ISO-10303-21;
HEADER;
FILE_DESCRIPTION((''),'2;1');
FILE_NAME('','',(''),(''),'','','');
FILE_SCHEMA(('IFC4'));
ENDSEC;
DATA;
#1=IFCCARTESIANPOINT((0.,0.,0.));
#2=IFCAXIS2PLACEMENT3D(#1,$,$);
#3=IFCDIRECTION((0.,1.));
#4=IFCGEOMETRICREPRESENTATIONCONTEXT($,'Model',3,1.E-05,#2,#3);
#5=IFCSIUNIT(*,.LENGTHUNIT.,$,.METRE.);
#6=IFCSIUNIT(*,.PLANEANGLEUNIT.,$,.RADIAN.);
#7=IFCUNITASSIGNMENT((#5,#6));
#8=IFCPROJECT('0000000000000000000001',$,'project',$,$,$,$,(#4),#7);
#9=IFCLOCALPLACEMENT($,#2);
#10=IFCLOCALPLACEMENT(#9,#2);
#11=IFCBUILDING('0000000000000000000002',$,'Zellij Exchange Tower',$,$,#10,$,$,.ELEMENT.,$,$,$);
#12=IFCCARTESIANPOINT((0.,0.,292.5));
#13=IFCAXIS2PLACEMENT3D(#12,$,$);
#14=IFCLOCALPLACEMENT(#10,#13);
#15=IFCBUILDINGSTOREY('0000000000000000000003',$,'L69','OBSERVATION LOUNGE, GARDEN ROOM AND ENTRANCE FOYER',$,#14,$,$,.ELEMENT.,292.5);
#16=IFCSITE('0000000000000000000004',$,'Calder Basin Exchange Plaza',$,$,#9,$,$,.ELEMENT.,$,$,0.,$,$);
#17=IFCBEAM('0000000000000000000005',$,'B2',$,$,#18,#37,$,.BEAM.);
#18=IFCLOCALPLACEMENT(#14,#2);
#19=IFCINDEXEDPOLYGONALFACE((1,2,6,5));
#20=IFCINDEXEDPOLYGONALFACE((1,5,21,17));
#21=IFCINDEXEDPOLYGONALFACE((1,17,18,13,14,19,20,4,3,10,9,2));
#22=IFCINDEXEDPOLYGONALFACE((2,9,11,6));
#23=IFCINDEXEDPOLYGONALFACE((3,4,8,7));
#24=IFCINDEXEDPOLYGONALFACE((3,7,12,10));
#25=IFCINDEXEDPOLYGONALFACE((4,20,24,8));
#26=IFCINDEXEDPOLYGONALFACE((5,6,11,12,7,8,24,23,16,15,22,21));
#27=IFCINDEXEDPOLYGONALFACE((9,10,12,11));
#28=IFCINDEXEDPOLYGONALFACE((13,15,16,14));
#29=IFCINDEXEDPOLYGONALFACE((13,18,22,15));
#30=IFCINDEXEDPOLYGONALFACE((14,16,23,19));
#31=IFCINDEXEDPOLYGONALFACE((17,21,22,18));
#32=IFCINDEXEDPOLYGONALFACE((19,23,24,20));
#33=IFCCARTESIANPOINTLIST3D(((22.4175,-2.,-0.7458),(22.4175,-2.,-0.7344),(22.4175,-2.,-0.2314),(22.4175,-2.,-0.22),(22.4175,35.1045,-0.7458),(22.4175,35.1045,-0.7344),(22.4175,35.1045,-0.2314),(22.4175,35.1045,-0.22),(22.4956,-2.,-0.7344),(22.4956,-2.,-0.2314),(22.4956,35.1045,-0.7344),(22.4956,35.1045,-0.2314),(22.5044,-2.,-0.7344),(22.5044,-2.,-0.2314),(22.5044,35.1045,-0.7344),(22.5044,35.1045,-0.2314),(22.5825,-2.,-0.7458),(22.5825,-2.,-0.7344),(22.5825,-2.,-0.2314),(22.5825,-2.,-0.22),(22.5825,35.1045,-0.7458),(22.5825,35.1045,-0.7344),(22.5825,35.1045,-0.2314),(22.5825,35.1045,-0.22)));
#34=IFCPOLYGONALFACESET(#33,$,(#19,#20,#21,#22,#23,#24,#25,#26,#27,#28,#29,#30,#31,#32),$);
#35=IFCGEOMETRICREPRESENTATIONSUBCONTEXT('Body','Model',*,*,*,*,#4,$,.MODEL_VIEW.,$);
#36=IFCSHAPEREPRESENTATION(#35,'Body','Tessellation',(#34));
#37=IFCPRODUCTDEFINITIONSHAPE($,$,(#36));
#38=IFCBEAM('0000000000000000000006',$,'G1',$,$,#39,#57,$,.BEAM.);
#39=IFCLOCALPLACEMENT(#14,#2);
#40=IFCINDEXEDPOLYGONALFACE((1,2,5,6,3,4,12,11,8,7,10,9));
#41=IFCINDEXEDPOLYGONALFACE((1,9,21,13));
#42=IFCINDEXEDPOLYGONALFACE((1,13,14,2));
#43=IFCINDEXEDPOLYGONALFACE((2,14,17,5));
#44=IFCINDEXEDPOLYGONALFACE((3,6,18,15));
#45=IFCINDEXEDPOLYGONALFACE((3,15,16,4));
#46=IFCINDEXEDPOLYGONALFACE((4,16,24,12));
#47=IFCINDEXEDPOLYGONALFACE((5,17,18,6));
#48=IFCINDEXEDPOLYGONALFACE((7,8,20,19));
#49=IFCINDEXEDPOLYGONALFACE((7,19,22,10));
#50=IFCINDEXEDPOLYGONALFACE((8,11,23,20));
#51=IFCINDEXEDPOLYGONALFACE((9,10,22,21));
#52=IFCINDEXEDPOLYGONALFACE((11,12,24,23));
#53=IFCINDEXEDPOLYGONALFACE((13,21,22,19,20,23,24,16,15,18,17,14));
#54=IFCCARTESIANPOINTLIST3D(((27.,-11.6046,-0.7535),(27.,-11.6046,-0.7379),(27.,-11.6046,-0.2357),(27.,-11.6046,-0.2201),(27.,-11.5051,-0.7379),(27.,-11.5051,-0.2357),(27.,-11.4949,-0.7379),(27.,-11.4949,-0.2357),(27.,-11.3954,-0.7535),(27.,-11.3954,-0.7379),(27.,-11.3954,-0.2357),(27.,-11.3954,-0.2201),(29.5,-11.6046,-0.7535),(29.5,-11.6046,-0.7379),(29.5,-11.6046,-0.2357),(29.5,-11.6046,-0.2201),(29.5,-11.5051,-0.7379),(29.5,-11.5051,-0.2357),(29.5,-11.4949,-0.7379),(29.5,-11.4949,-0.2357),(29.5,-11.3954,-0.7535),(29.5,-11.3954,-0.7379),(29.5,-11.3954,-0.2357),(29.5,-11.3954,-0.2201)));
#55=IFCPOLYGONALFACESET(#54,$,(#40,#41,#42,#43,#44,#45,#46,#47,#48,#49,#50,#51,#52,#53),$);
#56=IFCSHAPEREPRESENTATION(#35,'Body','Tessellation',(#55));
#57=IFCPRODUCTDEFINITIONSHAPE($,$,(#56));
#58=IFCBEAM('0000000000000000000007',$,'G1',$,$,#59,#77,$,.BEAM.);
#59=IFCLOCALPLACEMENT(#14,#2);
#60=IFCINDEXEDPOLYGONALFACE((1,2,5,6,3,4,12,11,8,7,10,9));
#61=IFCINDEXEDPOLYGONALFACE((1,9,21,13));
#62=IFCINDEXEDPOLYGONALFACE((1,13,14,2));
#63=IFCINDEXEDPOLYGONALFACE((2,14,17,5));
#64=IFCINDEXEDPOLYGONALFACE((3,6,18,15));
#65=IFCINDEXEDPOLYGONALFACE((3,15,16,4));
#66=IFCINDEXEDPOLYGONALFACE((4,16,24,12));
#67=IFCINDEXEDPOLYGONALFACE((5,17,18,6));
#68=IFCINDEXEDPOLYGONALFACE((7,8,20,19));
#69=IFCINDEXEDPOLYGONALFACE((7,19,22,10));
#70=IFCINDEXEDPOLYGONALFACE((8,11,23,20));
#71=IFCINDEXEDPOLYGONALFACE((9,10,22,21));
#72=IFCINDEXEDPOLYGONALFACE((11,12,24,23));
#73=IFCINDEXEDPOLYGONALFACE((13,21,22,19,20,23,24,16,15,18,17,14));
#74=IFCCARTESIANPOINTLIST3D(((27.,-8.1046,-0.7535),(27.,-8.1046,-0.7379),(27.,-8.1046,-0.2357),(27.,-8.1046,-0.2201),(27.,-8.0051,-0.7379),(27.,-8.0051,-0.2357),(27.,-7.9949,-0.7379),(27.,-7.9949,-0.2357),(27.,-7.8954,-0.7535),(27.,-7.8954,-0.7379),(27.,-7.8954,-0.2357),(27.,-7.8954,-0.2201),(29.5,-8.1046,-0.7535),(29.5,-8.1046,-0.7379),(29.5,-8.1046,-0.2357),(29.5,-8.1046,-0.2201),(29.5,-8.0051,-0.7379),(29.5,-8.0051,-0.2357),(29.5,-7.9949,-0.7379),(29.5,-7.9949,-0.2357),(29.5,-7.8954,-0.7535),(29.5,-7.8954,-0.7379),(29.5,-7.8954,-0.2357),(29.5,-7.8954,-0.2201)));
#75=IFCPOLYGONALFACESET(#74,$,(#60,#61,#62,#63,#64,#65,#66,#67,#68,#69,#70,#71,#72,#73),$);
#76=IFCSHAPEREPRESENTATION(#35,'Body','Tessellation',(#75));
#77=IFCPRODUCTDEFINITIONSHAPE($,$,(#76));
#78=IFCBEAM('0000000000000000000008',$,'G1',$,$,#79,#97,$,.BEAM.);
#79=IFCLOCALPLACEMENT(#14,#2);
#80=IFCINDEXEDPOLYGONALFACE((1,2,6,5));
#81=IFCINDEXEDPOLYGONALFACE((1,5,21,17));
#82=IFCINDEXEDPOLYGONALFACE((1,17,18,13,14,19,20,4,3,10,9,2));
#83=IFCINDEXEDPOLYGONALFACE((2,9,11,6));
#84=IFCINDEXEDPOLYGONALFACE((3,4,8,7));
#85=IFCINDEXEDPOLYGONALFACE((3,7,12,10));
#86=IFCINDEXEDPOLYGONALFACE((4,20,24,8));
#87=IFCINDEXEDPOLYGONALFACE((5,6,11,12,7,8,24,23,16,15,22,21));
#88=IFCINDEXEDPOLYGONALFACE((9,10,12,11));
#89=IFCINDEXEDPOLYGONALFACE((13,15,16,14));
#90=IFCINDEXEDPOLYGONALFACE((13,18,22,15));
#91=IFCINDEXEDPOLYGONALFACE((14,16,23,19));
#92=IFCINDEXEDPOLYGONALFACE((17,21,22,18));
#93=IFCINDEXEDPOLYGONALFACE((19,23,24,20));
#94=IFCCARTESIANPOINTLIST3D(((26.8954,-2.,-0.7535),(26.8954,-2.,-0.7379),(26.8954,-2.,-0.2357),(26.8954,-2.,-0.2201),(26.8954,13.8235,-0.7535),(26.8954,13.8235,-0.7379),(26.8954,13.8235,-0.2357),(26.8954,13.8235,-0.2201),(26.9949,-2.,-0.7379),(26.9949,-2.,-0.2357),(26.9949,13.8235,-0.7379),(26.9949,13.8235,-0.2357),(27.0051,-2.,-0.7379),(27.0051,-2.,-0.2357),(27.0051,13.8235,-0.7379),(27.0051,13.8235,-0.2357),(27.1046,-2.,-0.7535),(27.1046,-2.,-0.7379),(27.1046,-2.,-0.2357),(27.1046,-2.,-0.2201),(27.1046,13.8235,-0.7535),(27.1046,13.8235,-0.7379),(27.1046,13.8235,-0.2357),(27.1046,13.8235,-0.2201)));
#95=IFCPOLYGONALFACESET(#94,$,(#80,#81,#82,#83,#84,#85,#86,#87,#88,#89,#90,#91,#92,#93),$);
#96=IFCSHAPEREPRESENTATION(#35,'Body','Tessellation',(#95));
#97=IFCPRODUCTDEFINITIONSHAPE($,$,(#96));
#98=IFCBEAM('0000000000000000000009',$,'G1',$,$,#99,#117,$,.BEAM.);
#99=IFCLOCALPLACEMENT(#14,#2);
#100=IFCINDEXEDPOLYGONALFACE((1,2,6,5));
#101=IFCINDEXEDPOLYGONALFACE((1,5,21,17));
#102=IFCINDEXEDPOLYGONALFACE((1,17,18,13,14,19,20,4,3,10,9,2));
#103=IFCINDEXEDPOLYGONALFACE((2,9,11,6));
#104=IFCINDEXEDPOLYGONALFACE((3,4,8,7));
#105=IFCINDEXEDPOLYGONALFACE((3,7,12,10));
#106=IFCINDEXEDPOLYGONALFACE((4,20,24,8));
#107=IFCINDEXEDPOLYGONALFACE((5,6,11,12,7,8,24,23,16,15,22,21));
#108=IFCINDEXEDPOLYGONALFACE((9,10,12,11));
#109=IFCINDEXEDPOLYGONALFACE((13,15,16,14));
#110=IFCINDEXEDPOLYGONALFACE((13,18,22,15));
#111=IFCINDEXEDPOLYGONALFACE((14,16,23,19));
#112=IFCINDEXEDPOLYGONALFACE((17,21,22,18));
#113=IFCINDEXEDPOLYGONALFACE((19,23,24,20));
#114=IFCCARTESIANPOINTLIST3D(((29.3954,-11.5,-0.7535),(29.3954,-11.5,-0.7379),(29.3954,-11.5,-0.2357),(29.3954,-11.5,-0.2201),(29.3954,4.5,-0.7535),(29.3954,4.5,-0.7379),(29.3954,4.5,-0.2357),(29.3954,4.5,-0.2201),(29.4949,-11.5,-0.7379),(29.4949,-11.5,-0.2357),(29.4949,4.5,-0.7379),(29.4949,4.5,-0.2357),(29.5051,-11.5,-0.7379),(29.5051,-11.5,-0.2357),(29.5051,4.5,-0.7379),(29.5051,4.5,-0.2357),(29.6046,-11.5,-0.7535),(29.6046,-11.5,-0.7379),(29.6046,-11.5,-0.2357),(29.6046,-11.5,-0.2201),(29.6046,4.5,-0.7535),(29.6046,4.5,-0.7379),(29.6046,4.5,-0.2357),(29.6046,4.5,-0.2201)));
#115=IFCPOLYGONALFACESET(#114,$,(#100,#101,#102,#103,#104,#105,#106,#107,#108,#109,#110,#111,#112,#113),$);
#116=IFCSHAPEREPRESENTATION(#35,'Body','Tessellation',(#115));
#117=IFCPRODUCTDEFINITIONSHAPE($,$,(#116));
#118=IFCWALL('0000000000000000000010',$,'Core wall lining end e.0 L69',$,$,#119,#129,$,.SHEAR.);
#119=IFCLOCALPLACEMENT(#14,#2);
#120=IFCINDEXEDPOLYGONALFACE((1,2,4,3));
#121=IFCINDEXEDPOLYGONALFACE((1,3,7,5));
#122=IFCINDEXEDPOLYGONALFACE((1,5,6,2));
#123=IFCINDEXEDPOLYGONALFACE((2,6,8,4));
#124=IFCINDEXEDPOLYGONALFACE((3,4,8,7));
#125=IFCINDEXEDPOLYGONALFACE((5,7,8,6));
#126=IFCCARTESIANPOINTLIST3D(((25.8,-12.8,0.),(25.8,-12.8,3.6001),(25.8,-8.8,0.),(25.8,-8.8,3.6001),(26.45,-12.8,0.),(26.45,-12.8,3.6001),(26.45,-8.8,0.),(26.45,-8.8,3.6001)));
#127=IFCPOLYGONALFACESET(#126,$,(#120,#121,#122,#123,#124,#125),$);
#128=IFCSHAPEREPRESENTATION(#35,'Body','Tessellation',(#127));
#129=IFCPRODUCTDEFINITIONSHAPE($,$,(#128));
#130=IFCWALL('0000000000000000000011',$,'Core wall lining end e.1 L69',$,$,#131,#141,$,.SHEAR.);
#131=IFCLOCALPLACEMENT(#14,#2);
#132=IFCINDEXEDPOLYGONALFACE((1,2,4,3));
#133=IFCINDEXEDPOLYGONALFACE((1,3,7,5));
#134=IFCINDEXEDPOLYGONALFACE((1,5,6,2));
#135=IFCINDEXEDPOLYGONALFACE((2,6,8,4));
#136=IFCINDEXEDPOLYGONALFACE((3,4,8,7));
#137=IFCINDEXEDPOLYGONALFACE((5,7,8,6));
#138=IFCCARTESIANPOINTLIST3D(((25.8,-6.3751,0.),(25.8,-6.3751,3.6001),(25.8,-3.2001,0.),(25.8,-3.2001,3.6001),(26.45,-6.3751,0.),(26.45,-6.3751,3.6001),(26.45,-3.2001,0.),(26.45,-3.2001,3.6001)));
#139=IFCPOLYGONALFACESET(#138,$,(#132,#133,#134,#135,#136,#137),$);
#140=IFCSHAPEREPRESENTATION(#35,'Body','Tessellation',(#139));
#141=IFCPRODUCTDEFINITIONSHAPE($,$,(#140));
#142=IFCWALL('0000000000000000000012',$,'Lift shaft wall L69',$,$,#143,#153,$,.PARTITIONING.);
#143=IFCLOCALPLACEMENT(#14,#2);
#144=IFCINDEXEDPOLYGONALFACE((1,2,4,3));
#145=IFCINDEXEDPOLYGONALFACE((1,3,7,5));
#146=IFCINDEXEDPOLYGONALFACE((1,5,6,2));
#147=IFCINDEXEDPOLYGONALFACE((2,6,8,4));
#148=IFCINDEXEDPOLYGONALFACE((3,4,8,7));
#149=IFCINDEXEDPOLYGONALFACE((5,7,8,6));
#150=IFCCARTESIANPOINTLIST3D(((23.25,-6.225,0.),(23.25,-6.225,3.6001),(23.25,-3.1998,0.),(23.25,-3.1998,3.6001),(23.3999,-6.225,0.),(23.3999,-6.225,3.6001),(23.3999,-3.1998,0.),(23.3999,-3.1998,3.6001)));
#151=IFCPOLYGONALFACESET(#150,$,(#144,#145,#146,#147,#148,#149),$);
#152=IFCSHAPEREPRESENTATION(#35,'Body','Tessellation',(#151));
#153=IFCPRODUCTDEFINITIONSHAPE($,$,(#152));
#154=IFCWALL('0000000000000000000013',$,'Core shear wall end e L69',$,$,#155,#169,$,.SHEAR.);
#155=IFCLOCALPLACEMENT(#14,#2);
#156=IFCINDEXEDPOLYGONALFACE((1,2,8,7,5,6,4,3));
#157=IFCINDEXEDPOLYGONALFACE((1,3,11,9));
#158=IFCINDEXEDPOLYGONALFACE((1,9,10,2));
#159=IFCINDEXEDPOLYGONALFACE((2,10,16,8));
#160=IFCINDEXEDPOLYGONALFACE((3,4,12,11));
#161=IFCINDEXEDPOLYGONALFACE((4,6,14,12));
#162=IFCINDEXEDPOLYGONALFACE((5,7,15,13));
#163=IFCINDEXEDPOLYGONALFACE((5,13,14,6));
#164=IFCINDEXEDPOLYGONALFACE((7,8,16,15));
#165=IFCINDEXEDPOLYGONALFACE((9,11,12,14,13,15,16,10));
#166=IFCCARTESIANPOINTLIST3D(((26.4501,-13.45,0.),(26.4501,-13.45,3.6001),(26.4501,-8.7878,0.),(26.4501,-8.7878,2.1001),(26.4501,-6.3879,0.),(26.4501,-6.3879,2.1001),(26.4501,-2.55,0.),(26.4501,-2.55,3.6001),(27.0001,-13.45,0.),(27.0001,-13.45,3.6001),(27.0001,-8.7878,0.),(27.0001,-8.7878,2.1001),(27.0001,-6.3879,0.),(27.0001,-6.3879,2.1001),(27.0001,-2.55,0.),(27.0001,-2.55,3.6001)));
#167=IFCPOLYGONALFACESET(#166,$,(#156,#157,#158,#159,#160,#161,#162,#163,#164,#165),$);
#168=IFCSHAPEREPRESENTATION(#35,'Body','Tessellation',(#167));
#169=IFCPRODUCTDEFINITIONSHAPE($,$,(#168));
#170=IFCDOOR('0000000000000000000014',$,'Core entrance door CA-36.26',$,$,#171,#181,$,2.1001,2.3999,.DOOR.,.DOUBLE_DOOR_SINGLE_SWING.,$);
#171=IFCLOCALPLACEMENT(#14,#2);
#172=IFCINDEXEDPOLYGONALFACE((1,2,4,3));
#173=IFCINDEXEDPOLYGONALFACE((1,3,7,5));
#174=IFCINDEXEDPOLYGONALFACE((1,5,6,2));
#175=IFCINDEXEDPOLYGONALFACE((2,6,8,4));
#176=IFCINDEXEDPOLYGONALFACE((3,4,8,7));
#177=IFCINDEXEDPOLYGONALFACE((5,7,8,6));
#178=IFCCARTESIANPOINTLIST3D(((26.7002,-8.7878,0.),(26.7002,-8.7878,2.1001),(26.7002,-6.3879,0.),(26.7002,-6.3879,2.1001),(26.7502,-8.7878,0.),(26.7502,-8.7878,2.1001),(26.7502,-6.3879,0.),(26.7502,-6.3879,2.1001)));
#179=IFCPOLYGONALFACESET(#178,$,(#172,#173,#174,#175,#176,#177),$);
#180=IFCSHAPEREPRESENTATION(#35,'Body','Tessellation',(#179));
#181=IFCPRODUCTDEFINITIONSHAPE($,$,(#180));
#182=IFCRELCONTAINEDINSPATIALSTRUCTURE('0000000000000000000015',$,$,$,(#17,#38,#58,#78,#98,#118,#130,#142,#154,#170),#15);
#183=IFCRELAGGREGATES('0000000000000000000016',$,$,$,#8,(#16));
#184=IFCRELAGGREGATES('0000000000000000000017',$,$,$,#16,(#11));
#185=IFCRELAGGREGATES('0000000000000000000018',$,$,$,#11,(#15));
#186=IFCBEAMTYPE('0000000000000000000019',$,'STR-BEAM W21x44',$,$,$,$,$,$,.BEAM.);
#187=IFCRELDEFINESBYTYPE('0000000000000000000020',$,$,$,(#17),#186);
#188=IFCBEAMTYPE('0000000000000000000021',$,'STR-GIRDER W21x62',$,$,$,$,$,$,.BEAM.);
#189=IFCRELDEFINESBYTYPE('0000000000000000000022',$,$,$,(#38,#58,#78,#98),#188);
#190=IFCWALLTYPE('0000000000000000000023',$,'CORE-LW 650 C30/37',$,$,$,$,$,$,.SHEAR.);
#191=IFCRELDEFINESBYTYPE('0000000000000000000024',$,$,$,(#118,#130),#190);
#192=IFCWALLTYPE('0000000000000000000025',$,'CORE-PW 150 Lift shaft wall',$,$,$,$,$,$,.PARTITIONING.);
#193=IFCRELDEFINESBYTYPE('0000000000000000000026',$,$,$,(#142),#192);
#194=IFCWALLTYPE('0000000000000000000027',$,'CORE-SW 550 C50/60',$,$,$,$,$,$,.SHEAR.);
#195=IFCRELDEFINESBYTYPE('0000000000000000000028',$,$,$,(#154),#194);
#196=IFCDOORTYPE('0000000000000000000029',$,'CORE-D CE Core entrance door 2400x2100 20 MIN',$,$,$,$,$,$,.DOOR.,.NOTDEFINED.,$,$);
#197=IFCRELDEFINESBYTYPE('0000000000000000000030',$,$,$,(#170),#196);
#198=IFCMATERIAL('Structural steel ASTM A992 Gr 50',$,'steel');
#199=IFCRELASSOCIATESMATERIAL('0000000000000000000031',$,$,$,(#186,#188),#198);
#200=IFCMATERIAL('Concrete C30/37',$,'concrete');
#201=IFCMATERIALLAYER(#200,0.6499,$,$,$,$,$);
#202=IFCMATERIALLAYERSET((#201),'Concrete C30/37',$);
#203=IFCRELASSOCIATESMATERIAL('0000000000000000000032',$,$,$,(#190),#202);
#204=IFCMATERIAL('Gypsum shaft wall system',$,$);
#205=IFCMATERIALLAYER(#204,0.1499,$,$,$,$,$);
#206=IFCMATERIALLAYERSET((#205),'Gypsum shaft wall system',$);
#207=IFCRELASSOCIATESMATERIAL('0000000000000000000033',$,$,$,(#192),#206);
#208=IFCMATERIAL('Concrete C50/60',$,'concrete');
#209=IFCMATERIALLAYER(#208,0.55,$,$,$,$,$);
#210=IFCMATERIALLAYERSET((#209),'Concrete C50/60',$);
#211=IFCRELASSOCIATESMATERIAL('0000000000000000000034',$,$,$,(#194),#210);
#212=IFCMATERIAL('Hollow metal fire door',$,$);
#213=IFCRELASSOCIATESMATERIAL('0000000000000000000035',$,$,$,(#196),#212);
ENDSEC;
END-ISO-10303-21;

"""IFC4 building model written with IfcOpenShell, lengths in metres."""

from ifc_helpers import new_model, si_unit, direction, frame, frame_2d, origin, origin_2d, place, context, subcontext, project, spatial, rectangle, i_section, extrude, material, layer, layer_set, material_profile, profile_set, type_object, element, fill, save


model = new_model("IFC4")

# Units and contexts
model_context = context("Model", 3, precision=1e-05, world=origin(), true_north=direction((0.0, 1.0)))
body_context = subcontext(model_context, "Body", "Model", "MODEL_VIEW")
ifc_project = project(units=[si_unit("LENGTHUNIT", "METRE"), si_unit("PLANEANGLEUNIT", "RADIAN")], contexts=[model_context])

# Site, building, storey
site_placement = place(None, origin())
site = spatial("IfcSite", under=ifc_project, at=site_placement, Name="Calder Basin Exchange Plaza", CompositionType="ELEMENT", RefElevation=0.0)
building_placement = place(site_placement, origin())
building = spatial("IfcBuilding", under=site, at=building_placement, Name="Zellij Exchange Tower", CompositionType="ELEMENT")
storey_placement = place(building_placement, frame((0.0, 0.0, 292.5)))
storey = spatial("IfcBuildingStorey", under=building, at=storey_placement, Name="L69", Description="OBSERVATION LOUNGE, GARDEN ROOM AND ENTRANCE FOYER", CompositionType="ELEMENT", Elevation=292.5)

# Beams
ifc_material_1 = material(Name="Structural steel ASTM A992 Gr 50", Category="steel")
ifc_material_profile_1 = material_profile(ifc_material_1, i_section(OverallWidth=0.165, OverallDepth=0.5259, WebThickness=0.0088, FlangeThickness=0.0115, at=origin_2d()), Name="W21x44")
ifc_profile_set_1 = profile_set([ifc_material_profile_1], Name="Structural steel ASTM A992 Gr 50")
beam_type_1 = type_object("IfcBeamType", Name="STR-BEAM W21x44", PredefinedType="BEAM", material=ifc_profile_set_1)
beam_1_placement = place(storey_placement, frame((22.5, -2.0, -0.4829), z_axis=(0.0, 1.0, 0.0), x_axis=(-1.0, 0.0, 0.0)))
element("IfcBeam", 1, at=beam_1_placement, inside=storey, type_object=beam_type_1, Name="B2", PredefinedType="BEAM", context=body_context, shape_type="SweptSolid", body=[
    extrude(i_section(OverallWidth=0.165, OverallDepth=0.5259, WebThickness=0.0088, FlangeThickness=0.0115, at=origin_2d()), origin(), (0.0, 0.0, 1.0), 37.1045),
])
ifc_material_profile_2 = material_profile(ifc_material_1, i_section(OverallWidth=0.2092, OverallDepth=0.5334, WebThickness=0.0103, FlangeThickness=0.0156, at=origin_2d()), Name="W21x62")
ifc_profile_set_2 = profile_set([ifc_material_profile_2], Name="Structural steel ASTM A992 Gr 50")
beam_type_2 = type_object("IfcBeamType", Name="STR-GIRDER W21x62", PredefinedType="BEAM", material=ifc_profile_set_2)
for number, where, z_axis, x_axis, name in (
    (2, (27.0, -11.5, -0.4868), (1.0, 0.0, 0.0), (0.0, 1.0, 0.0), "G1"),
    (3, (27.0, -8.0, -0.4868), (1.0, 0.0, 0.0), (0.0, 1.0, 0.0), "G1"),
):
    element("IfcBeam", number, at=place(storey_placement, frame(where, z_axis=z_axis, x_axis=x_axis)), inside=storey, type_object=beam_type_2, Name=name, PredefinedType="BEAM", context=body_context, shape_type="SweptSolid", body=[
        extrude(i_section(OverallWidth=0.2092, OverallDepth=0.5334, WebThickness=0.0103, FlangeThickness=0.0156, at=origin_2d()), origin(), (0.0, 0.0, 1.0), 2.5),
    ])
beam_2_placement = place(storey_placement, frame((27.0, -2.0, -0.4868), z_axis=(0.0, 1.0, 0.0), x_axis=(-1.0, 0.0, 0.0)))
element("IfcBeam", 4, at=beam_2_placement, inside=storey, type_object=beam_type_2, Name="G1", PredefinedType="BEAM", context=body_context, shape_type="SweptSolid", body=[
    extrude(i_section(OverallWidth=0.2092, OverallDepth=0.5334, WebThickness=0.0103, FlangeThickness=0.0156, at=origin_2d()), origin(), (0.0, 0.0, 1.0), 15.8235),
])
beam_3_placement = place(storey_placement, frame((29.5, -11.5, -0.4868), z_axis=(0.0, 1.0, 0.0), x_axis=(-1.0, 0.0, 0.0)))
element("IfcBeam", 5, at=beam_3_placement, inside=storey, type_object=beam_type_2, Name="G1", PredefinedType="BEAM", context=body_context, shape_type="SweptSolid", body=[
    extrude(i_section(OverallWidth=0.2092, OverallDepth=0.5334, WebThickness=0.0103, FlangeThickness=0.0156, at=origin_2d()), origin(), (0.0, 0.0, 1.0), 16.0),
])

# Walls
ifc_material_2 = material(Name="Concrete C30/37", Category="concrete")
ifc_layer_1 = layer(ifc_material_2, 0.6499)
ifc_layer_set_1 = layer_set([ifc_layer_1], Name="Concrete C30/37")
wall_type_1 = type_object("IfcWallType", Name="CORE-LW 650 C30/37", PredefinedType="SHEAR", material=ifc_layer_set_1)
wall_1_placement = place(storey_placement, frame((26.125, -12.8, 0.0), z_axis=(0.0, 0.0, 1.0), x_axis=(0.0, 1.0, 0.0)))
element("IfcWall", 6, at=wall_1_placement, inside=storey, type_object=wall_type_1, Name="Core wall lining end e.0 L69", PredefinedType="SHEAR", context=body_context, shape_type="SweptSolid", body=[
    extrude(rectangle(XDim=4.0, YDim=0.6499, at=frame_2d((2.0, 0.0))), origin(), (0.0, 0.0, 1.0), 3.6001),
])
wall_2_placement = place(storey_placement, frame((26.125, -6.375, 0.0), z_axis=(0.0, 0.0, 1.0), x_axis=(0.0, 1.0, 0.0)))
element("IfcWall", 7, at=wall_2_placement, inside=storey, type_object=wall_type_1, Name="Core wall lining end e.1 L69", PredefinedType="SHEAR", context=body_context, shape_type="SweptSolid", body=[
    extrude(rectangle(XDim=3.175, YDim=0.6499, at=frame_2d((1.5874, 0.0))), origin(), (0.0, 0.0, 1.0), 3.6001),
])
ifc_material_3 = material(Name="Gypsum shaft wall system")
ifc_layer_2 = layer(ifc_material_3, 0.1499)
ifc_layer_set_2 = layer_set([ifc_layer_2], Name="Gypsum shaft wall system")
wall_type_2 = type_object("IfcWallType", Name="CORE-PW 150 Lift shaft wall", PredefinedType="PARTITIONING", material=ifc_layer_set_2)
wall_3_placement = place(storey_placement, frame((23.325, -6.2251, 0.0), z_axis=(0.0, 0.0, 1.0), x_axis=(0.0, 1.0, 0.0)))
element("IfcWall", 8, at=wall_3_placement, inside=storey, type_object=wall_type_2, Name="Lift shaft wall L69", PredefinedType="PARTITIONING", context=body_context, shape_type="SweptSolid", body=[
    extrude(rectangle(XDim=3.0251, YDim=0.1499, at=frame_2d((1.5127, 0.0))), origin(), (0.0, 0.0, 1.0), 3.6001),
])

# Wall, opening, door
ifc_material_4 = material(Name="Concrete C50/60", Category="concrete")
ifc_layer_3 = layer(ifc_material_4, 0.55)
ifc_layer_set_3 = layer_set([ifc_layer_3], Name="Concrete C50/60")
wall_type_3 = type_object("IfcWallType", Name="CORE-SW 550 C50/60", PredefinedType="SHEAR", material=ifc_layer_set_3)
wall_4_placement = place(storey_placement, frame((26.7251, -13.45, 0.0), z_axis=(0.0, 0.0, 1.0), x_axis=(0.0, 1.0, 0.0)))
wall_4 = element("IfcWall", 9, at=wall_4_placement, inside=storey, type_object=wall_type_3, Name="Core shear wall end e L69", PredefinedType="SHEAR", context=body_context, shape_type="SweptSolid", body=[
    extrude(rectangle(XDim=10.8999, YDim=0.55, at=frame_2d((5.45, 0.0))), origin(), (0.0, 0.0, 1.0), 3.6001),
])
opening_1_placement = place(wall_4_placement, frame((4.6621, 0.0, 0.0)))
opening_1 = element("IfcOpeningElement", 10, at=opening_1_placement, cuts=wall_4, PredefinedType="OPENING", context=body_context, shape_type="SweptSolid", body=[
    extrude(rectangle(XDim=2.3999, YDim=2.1001, at=frame_2d((1.2, 1.05))), frame((0.0, 0.2871, 0.0), z_axis=(0.0, -1.0, 0.0), x_axis=(1.0, 0.0, 0.0)), (0.0, 0.0, 1.0), 0.574),
])
ifc_material_5 = material(Name="Hollow metal fire door")
door_type_1 = type_object("IfcDoorType", Name="CORE-D CE Core entrance door 2400x2100 20 MIN", OperationType="NOTDEFINED", PredefinedType="DOOR", material=ifc_material_5)
door_1_placement = place(opening_1_placement, origin())
door_1 = element("IfcDoor", 11, at=door_1_placement, inside=storey, type_object=door_type_1, Name="Core entrance door CA-36.26", OperationType="DOUBLE_DOOR_SINGLE_SWING", OverallHeight=2.1001, OverallWidth=2.3999, PredefinedType="DOOR", context=body_context, shape_type="SweptSolid", body=[
    extrude(rectangle(XDim=2.3999, YDim=2.1001, at=frame_2d((1.2, 1.05))), frame((0.0, 0.0249, 0.0), z_axis=(0.0, -1.0, 0.0), x_axis=(1.0, 0.0, 0.0)), (0.0, 0.0, 1.0), 0.05),
])
fill(opening_1, door_1)

save(model, "model.ifc")
